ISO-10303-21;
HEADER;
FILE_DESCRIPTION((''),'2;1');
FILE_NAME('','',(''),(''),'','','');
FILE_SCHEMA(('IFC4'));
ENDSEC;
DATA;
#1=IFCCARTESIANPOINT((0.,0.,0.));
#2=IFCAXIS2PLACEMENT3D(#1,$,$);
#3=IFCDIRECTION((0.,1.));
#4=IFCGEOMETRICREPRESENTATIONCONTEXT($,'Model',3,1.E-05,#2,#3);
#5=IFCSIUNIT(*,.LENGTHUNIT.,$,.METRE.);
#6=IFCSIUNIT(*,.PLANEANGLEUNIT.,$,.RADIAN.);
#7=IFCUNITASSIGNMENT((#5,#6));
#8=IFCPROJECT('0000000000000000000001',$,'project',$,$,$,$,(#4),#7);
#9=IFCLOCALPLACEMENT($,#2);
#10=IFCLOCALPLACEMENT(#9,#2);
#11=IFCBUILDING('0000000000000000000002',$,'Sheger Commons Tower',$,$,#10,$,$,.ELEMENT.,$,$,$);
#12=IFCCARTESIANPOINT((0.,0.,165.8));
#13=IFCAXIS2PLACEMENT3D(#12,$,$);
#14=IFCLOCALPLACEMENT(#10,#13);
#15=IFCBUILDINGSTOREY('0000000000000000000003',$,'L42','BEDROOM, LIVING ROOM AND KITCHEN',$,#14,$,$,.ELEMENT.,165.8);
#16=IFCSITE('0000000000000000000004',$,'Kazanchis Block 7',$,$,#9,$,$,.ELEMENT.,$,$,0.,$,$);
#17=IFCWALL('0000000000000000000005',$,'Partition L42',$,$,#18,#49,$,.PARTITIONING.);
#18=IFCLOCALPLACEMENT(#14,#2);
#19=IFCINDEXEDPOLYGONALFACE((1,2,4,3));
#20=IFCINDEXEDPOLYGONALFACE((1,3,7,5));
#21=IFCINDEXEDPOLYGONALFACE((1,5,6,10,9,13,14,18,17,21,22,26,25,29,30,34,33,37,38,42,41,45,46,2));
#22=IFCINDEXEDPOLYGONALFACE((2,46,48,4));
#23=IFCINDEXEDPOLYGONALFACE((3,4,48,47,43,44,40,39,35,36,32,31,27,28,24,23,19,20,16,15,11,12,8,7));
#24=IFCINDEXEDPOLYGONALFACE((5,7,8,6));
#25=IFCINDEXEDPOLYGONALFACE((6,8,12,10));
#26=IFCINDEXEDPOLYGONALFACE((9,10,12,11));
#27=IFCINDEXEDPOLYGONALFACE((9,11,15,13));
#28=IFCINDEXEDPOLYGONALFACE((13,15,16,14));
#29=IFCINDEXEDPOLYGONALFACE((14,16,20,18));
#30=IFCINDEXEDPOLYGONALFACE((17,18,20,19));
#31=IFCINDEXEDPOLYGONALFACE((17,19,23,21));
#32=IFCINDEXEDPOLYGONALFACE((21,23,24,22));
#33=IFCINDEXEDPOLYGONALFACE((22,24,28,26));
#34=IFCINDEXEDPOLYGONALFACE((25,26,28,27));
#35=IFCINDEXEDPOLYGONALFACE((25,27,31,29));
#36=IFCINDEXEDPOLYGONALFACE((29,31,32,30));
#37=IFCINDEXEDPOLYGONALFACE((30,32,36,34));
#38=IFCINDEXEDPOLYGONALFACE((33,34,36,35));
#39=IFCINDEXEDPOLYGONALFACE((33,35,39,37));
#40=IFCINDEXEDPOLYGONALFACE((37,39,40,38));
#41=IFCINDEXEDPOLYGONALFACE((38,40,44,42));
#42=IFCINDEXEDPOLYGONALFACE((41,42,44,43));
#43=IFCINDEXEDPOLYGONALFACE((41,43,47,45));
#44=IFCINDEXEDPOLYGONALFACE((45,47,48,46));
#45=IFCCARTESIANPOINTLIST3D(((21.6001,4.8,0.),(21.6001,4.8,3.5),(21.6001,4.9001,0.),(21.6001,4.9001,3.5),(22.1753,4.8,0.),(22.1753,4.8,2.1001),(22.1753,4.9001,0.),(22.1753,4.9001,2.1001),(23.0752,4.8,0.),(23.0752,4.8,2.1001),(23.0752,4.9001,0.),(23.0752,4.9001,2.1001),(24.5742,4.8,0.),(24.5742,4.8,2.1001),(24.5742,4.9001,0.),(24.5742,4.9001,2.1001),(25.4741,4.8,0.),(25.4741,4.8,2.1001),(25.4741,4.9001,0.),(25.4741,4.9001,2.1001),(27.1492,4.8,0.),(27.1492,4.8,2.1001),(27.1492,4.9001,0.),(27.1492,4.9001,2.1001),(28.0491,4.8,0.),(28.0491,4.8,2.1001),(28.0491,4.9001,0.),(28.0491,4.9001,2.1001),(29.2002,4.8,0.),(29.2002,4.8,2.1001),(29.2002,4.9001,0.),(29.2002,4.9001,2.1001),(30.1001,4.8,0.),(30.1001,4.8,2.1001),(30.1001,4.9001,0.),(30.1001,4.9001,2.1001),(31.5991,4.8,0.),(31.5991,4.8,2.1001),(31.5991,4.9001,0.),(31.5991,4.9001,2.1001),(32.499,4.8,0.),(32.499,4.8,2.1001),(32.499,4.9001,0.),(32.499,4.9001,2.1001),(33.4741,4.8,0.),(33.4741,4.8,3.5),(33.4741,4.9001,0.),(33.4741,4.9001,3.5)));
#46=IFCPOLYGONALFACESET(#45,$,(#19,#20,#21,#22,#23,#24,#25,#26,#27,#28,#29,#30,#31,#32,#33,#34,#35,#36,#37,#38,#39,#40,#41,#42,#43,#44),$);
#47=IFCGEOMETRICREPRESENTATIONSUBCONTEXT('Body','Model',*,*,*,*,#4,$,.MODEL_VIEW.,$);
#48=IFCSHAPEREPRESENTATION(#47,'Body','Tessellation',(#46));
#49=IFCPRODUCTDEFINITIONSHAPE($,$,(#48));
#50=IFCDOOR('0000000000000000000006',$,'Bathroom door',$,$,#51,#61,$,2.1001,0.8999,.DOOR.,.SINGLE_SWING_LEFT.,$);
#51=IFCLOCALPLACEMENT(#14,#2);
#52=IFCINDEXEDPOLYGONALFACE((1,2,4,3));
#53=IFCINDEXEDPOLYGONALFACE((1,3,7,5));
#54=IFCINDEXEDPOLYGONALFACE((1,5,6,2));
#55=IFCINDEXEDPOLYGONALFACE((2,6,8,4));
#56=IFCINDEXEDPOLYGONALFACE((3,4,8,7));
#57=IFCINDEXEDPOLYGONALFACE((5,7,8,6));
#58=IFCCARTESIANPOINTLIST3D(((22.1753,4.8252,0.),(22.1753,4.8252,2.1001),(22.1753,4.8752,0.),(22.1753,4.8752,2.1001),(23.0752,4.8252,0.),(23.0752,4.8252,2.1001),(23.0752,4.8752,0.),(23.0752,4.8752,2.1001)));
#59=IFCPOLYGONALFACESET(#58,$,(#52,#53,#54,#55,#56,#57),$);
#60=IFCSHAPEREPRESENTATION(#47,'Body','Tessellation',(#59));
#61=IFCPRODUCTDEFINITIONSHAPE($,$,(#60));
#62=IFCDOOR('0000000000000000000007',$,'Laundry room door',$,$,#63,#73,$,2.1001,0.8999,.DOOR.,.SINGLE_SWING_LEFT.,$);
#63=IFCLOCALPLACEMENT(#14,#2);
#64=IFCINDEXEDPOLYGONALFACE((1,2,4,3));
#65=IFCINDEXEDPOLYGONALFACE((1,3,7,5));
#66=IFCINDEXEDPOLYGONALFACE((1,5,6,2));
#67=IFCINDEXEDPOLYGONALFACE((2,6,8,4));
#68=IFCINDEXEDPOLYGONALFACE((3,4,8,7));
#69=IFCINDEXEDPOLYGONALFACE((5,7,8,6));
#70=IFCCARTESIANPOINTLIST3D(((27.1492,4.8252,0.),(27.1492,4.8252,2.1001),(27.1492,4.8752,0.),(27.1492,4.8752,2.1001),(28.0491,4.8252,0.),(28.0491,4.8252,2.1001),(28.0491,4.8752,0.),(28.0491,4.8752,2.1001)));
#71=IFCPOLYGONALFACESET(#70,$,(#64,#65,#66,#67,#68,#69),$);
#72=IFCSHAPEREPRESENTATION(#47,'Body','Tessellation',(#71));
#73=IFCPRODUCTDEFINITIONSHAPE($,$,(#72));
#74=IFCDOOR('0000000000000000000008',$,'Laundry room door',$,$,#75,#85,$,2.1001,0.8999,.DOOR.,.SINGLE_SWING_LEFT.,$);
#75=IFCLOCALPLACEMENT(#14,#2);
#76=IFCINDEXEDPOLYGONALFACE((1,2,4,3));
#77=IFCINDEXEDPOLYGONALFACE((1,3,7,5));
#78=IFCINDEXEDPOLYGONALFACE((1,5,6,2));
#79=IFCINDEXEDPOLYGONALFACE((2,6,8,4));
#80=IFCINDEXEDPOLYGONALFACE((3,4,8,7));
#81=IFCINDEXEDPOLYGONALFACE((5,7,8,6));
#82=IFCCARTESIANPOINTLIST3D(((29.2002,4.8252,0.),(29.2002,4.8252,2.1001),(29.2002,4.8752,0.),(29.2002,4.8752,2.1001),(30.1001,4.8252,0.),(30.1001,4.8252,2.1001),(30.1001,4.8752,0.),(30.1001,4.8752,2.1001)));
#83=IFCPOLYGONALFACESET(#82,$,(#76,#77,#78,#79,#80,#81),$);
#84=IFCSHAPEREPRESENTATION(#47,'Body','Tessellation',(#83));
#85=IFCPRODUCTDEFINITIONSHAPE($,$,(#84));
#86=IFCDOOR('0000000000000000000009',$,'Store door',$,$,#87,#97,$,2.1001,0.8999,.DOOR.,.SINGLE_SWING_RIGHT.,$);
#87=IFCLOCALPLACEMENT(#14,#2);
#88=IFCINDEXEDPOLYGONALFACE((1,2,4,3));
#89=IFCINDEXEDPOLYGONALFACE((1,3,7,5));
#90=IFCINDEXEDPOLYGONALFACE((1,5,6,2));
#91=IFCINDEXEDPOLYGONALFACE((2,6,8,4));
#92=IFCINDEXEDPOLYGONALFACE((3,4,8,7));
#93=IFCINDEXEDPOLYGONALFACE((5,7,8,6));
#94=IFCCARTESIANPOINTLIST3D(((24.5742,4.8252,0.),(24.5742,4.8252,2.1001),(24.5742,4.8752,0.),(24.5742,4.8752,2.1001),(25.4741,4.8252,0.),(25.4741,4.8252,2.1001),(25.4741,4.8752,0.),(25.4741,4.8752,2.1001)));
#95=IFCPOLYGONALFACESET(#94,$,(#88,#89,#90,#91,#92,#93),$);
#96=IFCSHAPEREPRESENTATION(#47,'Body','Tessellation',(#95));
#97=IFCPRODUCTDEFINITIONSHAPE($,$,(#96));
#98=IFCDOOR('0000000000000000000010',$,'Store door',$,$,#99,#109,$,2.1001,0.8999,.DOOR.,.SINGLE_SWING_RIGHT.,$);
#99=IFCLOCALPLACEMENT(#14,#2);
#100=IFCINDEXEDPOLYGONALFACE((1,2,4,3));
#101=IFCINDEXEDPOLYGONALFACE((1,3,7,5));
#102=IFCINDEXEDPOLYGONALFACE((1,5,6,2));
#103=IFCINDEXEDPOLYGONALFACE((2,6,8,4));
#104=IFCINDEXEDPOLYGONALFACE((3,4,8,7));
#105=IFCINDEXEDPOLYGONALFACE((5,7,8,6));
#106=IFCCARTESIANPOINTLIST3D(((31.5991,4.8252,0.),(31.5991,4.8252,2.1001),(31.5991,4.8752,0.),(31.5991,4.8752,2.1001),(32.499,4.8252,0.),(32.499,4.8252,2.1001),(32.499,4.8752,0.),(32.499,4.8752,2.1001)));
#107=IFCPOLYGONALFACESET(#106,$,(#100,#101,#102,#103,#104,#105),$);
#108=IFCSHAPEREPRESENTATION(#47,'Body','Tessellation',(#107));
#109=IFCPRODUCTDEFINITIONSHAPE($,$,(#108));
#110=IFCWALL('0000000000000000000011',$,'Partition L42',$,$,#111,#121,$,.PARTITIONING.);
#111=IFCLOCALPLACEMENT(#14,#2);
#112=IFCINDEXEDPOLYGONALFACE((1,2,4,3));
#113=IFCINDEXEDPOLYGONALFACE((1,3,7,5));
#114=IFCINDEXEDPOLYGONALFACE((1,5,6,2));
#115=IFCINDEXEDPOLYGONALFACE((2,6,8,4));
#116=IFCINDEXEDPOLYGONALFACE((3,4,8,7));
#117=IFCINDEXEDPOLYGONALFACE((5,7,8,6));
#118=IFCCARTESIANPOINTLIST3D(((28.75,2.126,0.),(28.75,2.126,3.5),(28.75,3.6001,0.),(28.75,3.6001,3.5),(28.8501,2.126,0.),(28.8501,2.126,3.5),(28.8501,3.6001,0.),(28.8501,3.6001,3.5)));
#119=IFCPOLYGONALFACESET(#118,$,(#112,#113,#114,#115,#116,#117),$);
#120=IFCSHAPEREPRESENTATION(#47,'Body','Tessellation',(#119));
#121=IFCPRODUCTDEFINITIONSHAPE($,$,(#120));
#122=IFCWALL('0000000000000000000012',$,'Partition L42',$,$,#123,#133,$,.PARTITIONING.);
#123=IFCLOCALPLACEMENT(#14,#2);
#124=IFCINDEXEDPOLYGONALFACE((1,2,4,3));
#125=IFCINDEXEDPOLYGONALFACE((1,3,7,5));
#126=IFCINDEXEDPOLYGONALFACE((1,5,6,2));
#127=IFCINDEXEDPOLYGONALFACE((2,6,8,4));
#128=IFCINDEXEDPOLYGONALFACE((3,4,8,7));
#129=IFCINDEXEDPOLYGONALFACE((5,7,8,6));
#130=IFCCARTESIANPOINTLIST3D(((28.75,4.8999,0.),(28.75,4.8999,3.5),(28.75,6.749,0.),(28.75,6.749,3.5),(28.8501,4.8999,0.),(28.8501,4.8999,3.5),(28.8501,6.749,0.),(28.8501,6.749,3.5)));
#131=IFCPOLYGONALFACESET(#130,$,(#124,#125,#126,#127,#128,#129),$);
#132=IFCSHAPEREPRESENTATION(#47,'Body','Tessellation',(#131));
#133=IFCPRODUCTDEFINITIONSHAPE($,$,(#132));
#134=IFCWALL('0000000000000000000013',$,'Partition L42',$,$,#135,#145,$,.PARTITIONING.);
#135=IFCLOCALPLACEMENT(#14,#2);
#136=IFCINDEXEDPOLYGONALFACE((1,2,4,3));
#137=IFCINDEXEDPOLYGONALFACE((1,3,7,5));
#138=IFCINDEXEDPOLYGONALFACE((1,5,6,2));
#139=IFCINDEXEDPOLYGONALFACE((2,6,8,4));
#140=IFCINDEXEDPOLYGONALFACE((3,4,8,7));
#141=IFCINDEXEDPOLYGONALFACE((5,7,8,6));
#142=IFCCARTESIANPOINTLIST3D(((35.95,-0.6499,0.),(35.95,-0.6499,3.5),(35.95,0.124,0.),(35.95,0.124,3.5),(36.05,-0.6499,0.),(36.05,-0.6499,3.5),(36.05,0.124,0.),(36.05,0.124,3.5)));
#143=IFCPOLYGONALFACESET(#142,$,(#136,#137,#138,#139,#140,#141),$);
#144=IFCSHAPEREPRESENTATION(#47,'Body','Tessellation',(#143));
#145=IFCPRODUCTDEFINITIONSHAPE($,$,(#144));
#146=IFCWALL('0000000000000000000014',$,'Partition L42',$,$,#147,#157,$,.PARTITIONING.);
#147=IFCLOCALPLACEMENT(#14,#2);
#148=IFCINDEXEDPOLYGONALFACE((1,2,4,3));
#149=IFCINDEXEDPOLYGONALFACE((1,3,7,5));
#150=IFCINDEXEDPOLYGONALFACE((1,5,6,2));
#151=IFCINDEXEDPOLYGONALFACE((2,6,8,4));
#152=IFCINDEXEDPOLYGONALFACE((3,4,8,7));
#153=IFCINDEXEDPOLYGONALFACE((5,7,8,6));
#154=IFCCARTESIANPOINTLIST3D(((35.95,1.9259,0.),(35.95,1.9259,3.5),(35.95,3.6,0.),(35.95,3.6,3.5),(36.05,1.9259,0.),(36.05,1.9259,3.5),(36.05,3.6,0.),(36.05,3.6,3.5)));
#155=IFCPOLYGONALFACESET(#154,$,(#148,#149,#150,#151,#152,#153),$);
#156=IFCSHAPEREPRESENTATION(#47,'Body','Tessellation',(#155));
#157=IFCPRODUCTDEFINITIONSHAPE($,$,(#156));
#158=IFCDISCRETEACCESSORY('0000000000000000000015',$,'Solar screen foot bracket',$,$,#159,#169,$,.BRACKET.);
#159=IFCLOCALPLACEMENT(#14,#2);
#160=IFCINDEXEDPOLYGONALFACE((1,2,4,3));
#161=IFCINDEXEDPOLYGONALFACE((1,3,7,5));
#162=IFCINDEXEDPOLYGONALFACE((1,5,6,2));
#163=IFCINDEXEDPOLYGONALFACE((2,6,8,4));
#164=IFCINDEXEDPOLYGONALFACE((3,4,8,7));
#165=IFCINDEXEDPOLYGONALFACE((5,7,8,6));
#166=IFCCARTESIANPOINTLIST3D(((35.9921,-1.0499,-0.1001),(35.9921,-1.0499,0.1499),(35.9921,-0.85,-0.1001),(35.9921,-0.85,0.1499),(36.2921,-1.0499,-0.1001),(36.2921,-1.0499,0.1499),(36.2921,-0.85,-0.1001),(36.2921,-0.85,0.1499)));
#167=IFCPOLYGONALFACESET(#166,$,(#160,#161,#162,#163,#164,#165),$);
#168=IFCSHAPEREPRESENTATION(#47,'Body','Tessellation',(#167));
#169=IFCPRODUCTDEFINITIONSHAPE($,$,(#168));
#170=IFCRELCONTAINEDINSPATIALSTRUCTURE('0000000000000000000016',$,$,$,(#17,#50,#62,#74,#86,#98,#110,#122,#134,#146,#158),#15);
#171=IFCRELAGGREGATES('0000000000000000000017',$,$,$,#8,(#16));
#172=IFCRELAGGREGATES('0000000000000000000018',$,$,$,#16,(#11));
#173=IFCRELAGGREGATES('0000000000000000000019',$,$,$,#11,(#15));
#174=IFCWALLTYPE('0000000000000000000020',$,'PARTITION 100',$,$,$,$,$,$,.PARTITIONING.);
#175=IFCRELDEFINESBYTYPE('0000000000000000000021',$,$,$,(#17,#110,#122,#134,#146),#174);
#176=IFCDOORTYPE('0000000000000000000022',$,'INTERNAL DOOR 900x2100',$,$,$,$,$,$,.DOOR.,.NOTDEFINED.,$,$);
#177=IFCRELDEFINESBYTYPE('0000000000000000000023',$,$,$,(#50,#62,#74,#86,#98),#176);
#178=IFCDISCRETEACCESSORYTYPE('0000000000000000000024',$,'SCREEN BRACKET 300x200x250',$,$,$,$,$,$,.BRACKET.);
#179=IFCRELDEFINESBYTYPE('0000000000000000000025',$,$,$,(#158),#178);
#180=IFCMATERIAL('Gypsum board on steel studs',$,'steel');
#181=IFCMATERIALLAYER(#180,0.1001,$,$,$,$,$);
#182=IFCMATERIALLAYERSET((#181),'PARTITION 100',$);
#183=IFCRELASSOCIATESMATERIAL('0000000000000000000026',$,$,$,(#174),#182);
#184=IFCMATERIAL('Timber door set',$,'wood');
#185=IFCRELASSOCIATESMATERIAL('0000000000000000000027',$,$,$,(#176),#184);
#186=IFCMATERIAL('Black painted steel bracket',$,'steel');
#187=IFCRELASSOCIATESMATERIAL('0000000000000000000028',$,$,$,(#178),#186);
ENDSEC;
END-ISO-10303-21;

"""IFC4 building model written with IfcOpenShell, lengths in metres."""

from ifc_helpers import new_model, si_unit, direction, frame, frame_2d, origin, origin_2d, place, context, subcontext, project, spatial, rectangle, extrude, material, layer, layer_set, type_object, element, fill, save


model = new_model("IFC4")

# Units and contexts
model_context = context("Model", 3, precision=1e-05, world=origin(), true_north=direction((0.0, 1.0)))
body_context = subcontext(model_context, "Body", "Model", "MODEL_VIEW")
ifc_project = project(units=[si_unit("LENGTHUNIT", "METRE"), si_unit("PLANEANGLEUNIT", "RADIAN")], contexts=[model_context])

# Site, building, storey
site_placement = place(None, origin())
site = spatial("IfcSite", under=ifc_project, at=site_placement, Name="Kazanchis Block 7", CompositionType="ELEMENT", RefElevation=0.0)
building_placement = place(site_placement, origin())
building = spatial("IfcBuilding", under=site, at=building_placement, Name="Sheger Commons Tower", CompositionType="ELEMENT")
storey_placement = place(building_placement, frame((0.0, 0.0, 165.8)))
storey = spatial("IfcBuildingStorey", under=building, at=storey_placement, Name="L42", Description="BEDROOM, LIVING ROOM AND KITCHEN", CompositionType="ELEMENT", Elevation=165.8)

# Wall, openings, doors
ifc_material_1 = material(Name="Gypsum board on steel studs", Category="steel")
ifc_layer_1 = layer(ifc_material_1, 0.1001)
ifc_layer_set_1 = layer_set([ifc_layer_1], Name="PARTITION 100")
wall_type_1 = type_object("IfcWallType", Name="PARTITION 100", PredefinedType="PARTITIONING", material=ifc_layer_set_1)
ifc_material_2 = material(Name="Timber door set", Category="wood")
door_type = type_object("IfcDoorType", Name="INTERNAL DOOR 900x2100", OperationType="NOTDEFINED", PredefinedType="DOOR", material=ifc_material_2)
wall_1_placement = place(storey_placement, frame((33.4741, 4.8501, 0.0), z_axis=(0.0, 0.0, 1.0), x_axis=(-1.0, 0.0, 0.0)))
wall_1 = element("IfcWall", 1, at=wall_1_placement, inside=storey, type_object=wall_type_1, Name="Partition L42", PredefinedType="PARTITIONING", context=body_context, shape_type="SweptSolid", body=[
    extrude(rectangle(XDim=11.874, YDim=0.1001, at=frame_2d((5.937, 0.0))), origin(), (0.0, 0.0, 1.0), 3.5),
])
opening_1_placement = place(wall_1_placement, frame((10.3989, 0.0, 0.0)))
opening_1 = element("IfcOpeningElement", 2, at=opening_1_placement, cuts=wall_1, PredefinedType="OPENING", context=body_context, shape_type="SweptSolid", body=[
    extrude(rectangle(XDim=0.8999, YDim=2.1001, at=frame_2d((0.45, 1.05))), frame((0.0, 0.0601, 0.0), z_axis=(0.0, -1.0, 0.0), x_axis=(1.0, 0.0, 0.0)), (0.0, 0.0, 1.0), 0.1201),
])
opening_2_placement = place(wall_1_placement, frame((5.425, 0.0, 0.0)))
opening_2 = element("IfcOpeningElement", 3, at=opening_2_placement, cuts=wall_1, PredefinedType="OPENING", context=body_context, shape_type="SweptSolid", body=[
    extrude(rectangle(XDim=0.8999, YDim=2.1001, at=frame_2d((0.45, 1.05))), frame((0.0, 0.0601, 0.0), z_axis=(0.0, -1.0, 0.0), x_axis=(1.0, 0.0, 0.0)), (0.0, 0.0, 1.0), 0.1201),
])
opening_3_placement = place(wall_1_placement, frame((3.374, 0.0, 0.0)))
opening_3 = element("IfcOpeningElement", 4, at=opening_3_placement, cuts=wall_1, PredefinedType="OPENING", context=body_context, shape_type="SweptSolid", body=[
    extrude(rectangle(XDim=0.8999, YDim=2.1001, at=frame_2d((0.45, 1.05))), frame((0.0, 0.0601, 0.0), z_axis=(0.0, -1.0, 0.0), x_axis=(1.0, 0.0, 0.0)), (0.0, 0.0, 1.0), 0.1201),
])
opening_4_placement = place(wall_1_placement, frame((8.0, 0.0, 0.0)))
opening_4 = element("IfcOpeningElement", 5, at=opening_4_placement, cuts=wall_1, PredefinedType="OPENING", context=body_context, shape_type="SweptSolid", body=[
    extrude(rectangle(XDim=0.8999, YDim=2.1001, at=frame_2d((0.45, 1.05))), frame((0.0, 0.0601, 0.0), z_axis=(0.0, -1.0, 0.0), x_axis=(1.0, 0.0, 0.0)), (0.0, 0.0, 1.0), 0.1201),
])
opening_5_placement = place(wall_1_placement, frame((0.9751, 0.0, 0.0)))
opening_5 = element("IfcOpeningElement", 6, at=opening_5_placement, cuts=wall_1, PredefinedType="OPENING", context=body_context, shape_type="SweptSolid", body=[
    extrude(rectangle(XDim=0.8999, YDim=2.1001, at=frame_2d((0.45, 1.05))), frame((0.0, 0.0601, 0.0), z_axis=(0.0, -1.0, 0.0), x_axis=(1.0, 0.0, 0.0)), (0.0, 0.0, 1.0), 0.1201),
])
door_1_placement = place(opening_1_placement, origin())
door_1 = element("IfcDoor", 7, at=door_1_placement, inside=storey, type_object=door_type, Name="Bathroom door", OperationType="SINGLE_SWING_LEFT", OverallHeight=2.1001, OverallWidth=0.8999, PredefinedType="DOOR", context=body_context, shape_type="SweptSolid", body=[
    extrude(rectangle(XDim=0.8999, YDim=2.1001, at=frame_2d((0.45, 1.05))), frame((0.0, 0.0249, 0.0), z_axis=(0.0, -1.0, 0.0), x_axis=(1.0, 0.0, 0.0)), (0.0, 0.0, 1.0), 0.05),
])
fill(opening_1, door_1)
door_2_placement = place(opening_2_placement, origin())
door_2 = element("IfcDoor", 8, at=door_2_placement, inside=storey, type_object=door_type, Name="Laundry room door", OperationType="SINGLE_SWING_LEFT", OverallHeight=2.1001, OverallWidth=0.8999, PredefinedType="DOOR", context=body_context, shape_type="SweptSolid", body=[
    extrude(rectangle(XDim=0.8999, YDim=2.1001, at=frame_2d((0.45, 1.05))), frame((0.0, 0.0249, 0.0), z_axis=(0.0, -1.0, 0.0), x_axis=(1.0, 0.0, 0.0)), (0.0, 0.0, 1.0), 0.05),
])
fill(opening_2, door_2)
door_3_placement = place(opening_3_placement, origin())
door_3 = element("IfcDoor", 9, at=door_3_placement, inside=storey, type_object=door_type, Name="Laundry room door", OperationType="SINGLE_SWING_LEFT", OverallHeight=2.1001, OverallWidth=0.8999, PredefinedType="DOOR", context=body_context, shape_type="SweptSolid", body=[
    extrude(rectangle(XDim=0.8999, YDim=2.1001, at=frame_2d((0.45, 1.05))), frame((0.0, 0.0249, 0.0), z_axis=(0.0, -1.0, 0.0), x_axis=(1.0, 0.0, 0.0)), (0.0, 0.0, 1.0), 0.05),
])
fill(opening_3, door_3)
door_4_placement = place(opening_4_placement, origin())
door_4 = element("IfcDoor", 10, at=door_4_placement, inside=storey, type_object=door_type, Name="Store door", OperationType="SINGLE_SWING_RIGHT", OverallHeight=2.1001, OverallWidth=0.8999, PredefinedType="DOOR", context=body_context, shape_type="SweptSolid", body=[
    extrude(rectangle(XDim=0.8999, YDim=2.1001, at=frame_2d((0.45, 1.05))), frame((0.0, 0.0249, 0.0), z_axis=(0.0, -1.0, 0.0), x_axis=(1.0, 0.0, 0.0)), (0.0, 0.0, 1.0), 0.05),
])
fill(opening_4, door_4)
door_5_placement = place(opening_5_placement, origin())
door_5 = element("IfcDoor", 11, at=door_5_placement, inside=storey, type_object=door_type, Name="Store door", OperationType="SINGLE_SWING_RIGHT", OverallHeight=2.1001, OverallWidth=0.8999, PredefinedType="DOOR", context=body_context, shape_type="SweptSolid", body=[
    extrude(rectangle(XDim=0.8999, YDim=2.1001, at=frame_2d((0.45, 1.05))), frame((0.0, 0.0249, 0.0), z_axis=(0.0, -1.0, 0.0), x_axis=(1.0, 0.0, 0.0)), (0.0, 0.0, 1.0), 0.05),
])
fill(opening_5, door_5)

# Walls
wall_2_placement = place(storey_placement, frame((28.8, 2.126, 0.0), z_axis=(0.0, 0.0, 1.0), x_axis=(0.0, 1.0, 0.0)))
element("IfcWall", 12, at=wall_2_placement, inside=storey, type_object=wall_type_1, Name="Partition L42", PredefinedType="PARTITIONING", context=body_context, shape_type="SweptSolid", body=[
    extrude(rectangle(XDim=1.4741, YDim=0.1001, at=frame_2d((0.7371, 0.0))), origin(), (0.0, 0.0, 1.0), 3.5),
])
wall_3_placement = place(storey_placement, frame((28.8, 4.8999, 0.0), z_axis=(0.0, 0.0, 1.0), x_axis=(0.0, 1.0, 0.0)))
element("IfcWall", 13, at=wall_3_placement, inside=storey, type_object=wall_type_1, Name="Partition L42", PredefinedType="PARTITIONING", context=body_context, shape_type="SweptSolid", body=[
    extrude(rectangle(XDim=1.8491, YDim=0.1001, at=frame_2d((0.9246, 0.0))), origin(), (0.0, 0.0, 1.0), 3.5),
])
wall_4_placement = place(storey_placement, frame((36.0, -0.6499, 0.0), z_axis=(0.0, 0.0, 1.0), x_axis=(0.0, 1.0, 0.0)))
element("IfcWall", 14, at=wall_4_placement, inside=storey, type_object=wall_type_1, Name="Partition L42", PredefinedType="PARTITIONING", context=body_context, shape_type="SweptSolid", body=[
    extrude(rectangle(XDim=0.7739, YDim=0.1001, at=frame_2d((0.387, 0.0))), origin(), (0.0, 0.0, 1.0), 3.5),
])
wall_5_placement = place(storey_placement, frame((36.0, 1.926, 0.0), z_axis=(0.0, 0.0, 1.0), x_axis=(0.0, 1.0, 0.0)))
element("IfcWall", 15, at=wall_5_placement, inside=storey, type_object=wall_type_1, Name="Partition L42", PredefinedType="PARTITIONING", context=body_context, shape_type="SweptSolid", body=[
    extrude(rectangle(XDim=1.6741, YDim=0.1001, at=frame_2d((0.8369, 0.0))), origin(), (0.0, 0.0, 1.0), 3.5),
])

# Discrete accessory
ifc_material_3 = material(Name="Black painted steel bracket", Category="steel")
discrete_accessory_type = type_object("IfcDiscreteAccessoryType", Name="SCREEN BRACKET 300x200x250", PredefinedType="BRACKET", material=ifc_material_3)
for number, where, z_axis, x_axis, name in (
    (16, (36.1421, -0.95, -0.1001), (0.0, 0.0, 1.0), (1.0, 0.0, 0.0), "Solar screen foot bracket"),
):
    element("IfcDiscreteAccessory", number, at=place(storey_placement, frame(where, z_axis=z_axis, x_axis=x_axis)), inside=storey, type_object=discrete_accessory_type, Name=name, PredefinedType="BRACKET", context=body_context, shape_type="SweptSolid", body=[
        extrude(rectangle(XDim=0.3, YDim=0.2, at=origin_2d()), origin(), (0.0, 0.0, 1.0), 0.25),
    ])

save(model, "model.ifc")
